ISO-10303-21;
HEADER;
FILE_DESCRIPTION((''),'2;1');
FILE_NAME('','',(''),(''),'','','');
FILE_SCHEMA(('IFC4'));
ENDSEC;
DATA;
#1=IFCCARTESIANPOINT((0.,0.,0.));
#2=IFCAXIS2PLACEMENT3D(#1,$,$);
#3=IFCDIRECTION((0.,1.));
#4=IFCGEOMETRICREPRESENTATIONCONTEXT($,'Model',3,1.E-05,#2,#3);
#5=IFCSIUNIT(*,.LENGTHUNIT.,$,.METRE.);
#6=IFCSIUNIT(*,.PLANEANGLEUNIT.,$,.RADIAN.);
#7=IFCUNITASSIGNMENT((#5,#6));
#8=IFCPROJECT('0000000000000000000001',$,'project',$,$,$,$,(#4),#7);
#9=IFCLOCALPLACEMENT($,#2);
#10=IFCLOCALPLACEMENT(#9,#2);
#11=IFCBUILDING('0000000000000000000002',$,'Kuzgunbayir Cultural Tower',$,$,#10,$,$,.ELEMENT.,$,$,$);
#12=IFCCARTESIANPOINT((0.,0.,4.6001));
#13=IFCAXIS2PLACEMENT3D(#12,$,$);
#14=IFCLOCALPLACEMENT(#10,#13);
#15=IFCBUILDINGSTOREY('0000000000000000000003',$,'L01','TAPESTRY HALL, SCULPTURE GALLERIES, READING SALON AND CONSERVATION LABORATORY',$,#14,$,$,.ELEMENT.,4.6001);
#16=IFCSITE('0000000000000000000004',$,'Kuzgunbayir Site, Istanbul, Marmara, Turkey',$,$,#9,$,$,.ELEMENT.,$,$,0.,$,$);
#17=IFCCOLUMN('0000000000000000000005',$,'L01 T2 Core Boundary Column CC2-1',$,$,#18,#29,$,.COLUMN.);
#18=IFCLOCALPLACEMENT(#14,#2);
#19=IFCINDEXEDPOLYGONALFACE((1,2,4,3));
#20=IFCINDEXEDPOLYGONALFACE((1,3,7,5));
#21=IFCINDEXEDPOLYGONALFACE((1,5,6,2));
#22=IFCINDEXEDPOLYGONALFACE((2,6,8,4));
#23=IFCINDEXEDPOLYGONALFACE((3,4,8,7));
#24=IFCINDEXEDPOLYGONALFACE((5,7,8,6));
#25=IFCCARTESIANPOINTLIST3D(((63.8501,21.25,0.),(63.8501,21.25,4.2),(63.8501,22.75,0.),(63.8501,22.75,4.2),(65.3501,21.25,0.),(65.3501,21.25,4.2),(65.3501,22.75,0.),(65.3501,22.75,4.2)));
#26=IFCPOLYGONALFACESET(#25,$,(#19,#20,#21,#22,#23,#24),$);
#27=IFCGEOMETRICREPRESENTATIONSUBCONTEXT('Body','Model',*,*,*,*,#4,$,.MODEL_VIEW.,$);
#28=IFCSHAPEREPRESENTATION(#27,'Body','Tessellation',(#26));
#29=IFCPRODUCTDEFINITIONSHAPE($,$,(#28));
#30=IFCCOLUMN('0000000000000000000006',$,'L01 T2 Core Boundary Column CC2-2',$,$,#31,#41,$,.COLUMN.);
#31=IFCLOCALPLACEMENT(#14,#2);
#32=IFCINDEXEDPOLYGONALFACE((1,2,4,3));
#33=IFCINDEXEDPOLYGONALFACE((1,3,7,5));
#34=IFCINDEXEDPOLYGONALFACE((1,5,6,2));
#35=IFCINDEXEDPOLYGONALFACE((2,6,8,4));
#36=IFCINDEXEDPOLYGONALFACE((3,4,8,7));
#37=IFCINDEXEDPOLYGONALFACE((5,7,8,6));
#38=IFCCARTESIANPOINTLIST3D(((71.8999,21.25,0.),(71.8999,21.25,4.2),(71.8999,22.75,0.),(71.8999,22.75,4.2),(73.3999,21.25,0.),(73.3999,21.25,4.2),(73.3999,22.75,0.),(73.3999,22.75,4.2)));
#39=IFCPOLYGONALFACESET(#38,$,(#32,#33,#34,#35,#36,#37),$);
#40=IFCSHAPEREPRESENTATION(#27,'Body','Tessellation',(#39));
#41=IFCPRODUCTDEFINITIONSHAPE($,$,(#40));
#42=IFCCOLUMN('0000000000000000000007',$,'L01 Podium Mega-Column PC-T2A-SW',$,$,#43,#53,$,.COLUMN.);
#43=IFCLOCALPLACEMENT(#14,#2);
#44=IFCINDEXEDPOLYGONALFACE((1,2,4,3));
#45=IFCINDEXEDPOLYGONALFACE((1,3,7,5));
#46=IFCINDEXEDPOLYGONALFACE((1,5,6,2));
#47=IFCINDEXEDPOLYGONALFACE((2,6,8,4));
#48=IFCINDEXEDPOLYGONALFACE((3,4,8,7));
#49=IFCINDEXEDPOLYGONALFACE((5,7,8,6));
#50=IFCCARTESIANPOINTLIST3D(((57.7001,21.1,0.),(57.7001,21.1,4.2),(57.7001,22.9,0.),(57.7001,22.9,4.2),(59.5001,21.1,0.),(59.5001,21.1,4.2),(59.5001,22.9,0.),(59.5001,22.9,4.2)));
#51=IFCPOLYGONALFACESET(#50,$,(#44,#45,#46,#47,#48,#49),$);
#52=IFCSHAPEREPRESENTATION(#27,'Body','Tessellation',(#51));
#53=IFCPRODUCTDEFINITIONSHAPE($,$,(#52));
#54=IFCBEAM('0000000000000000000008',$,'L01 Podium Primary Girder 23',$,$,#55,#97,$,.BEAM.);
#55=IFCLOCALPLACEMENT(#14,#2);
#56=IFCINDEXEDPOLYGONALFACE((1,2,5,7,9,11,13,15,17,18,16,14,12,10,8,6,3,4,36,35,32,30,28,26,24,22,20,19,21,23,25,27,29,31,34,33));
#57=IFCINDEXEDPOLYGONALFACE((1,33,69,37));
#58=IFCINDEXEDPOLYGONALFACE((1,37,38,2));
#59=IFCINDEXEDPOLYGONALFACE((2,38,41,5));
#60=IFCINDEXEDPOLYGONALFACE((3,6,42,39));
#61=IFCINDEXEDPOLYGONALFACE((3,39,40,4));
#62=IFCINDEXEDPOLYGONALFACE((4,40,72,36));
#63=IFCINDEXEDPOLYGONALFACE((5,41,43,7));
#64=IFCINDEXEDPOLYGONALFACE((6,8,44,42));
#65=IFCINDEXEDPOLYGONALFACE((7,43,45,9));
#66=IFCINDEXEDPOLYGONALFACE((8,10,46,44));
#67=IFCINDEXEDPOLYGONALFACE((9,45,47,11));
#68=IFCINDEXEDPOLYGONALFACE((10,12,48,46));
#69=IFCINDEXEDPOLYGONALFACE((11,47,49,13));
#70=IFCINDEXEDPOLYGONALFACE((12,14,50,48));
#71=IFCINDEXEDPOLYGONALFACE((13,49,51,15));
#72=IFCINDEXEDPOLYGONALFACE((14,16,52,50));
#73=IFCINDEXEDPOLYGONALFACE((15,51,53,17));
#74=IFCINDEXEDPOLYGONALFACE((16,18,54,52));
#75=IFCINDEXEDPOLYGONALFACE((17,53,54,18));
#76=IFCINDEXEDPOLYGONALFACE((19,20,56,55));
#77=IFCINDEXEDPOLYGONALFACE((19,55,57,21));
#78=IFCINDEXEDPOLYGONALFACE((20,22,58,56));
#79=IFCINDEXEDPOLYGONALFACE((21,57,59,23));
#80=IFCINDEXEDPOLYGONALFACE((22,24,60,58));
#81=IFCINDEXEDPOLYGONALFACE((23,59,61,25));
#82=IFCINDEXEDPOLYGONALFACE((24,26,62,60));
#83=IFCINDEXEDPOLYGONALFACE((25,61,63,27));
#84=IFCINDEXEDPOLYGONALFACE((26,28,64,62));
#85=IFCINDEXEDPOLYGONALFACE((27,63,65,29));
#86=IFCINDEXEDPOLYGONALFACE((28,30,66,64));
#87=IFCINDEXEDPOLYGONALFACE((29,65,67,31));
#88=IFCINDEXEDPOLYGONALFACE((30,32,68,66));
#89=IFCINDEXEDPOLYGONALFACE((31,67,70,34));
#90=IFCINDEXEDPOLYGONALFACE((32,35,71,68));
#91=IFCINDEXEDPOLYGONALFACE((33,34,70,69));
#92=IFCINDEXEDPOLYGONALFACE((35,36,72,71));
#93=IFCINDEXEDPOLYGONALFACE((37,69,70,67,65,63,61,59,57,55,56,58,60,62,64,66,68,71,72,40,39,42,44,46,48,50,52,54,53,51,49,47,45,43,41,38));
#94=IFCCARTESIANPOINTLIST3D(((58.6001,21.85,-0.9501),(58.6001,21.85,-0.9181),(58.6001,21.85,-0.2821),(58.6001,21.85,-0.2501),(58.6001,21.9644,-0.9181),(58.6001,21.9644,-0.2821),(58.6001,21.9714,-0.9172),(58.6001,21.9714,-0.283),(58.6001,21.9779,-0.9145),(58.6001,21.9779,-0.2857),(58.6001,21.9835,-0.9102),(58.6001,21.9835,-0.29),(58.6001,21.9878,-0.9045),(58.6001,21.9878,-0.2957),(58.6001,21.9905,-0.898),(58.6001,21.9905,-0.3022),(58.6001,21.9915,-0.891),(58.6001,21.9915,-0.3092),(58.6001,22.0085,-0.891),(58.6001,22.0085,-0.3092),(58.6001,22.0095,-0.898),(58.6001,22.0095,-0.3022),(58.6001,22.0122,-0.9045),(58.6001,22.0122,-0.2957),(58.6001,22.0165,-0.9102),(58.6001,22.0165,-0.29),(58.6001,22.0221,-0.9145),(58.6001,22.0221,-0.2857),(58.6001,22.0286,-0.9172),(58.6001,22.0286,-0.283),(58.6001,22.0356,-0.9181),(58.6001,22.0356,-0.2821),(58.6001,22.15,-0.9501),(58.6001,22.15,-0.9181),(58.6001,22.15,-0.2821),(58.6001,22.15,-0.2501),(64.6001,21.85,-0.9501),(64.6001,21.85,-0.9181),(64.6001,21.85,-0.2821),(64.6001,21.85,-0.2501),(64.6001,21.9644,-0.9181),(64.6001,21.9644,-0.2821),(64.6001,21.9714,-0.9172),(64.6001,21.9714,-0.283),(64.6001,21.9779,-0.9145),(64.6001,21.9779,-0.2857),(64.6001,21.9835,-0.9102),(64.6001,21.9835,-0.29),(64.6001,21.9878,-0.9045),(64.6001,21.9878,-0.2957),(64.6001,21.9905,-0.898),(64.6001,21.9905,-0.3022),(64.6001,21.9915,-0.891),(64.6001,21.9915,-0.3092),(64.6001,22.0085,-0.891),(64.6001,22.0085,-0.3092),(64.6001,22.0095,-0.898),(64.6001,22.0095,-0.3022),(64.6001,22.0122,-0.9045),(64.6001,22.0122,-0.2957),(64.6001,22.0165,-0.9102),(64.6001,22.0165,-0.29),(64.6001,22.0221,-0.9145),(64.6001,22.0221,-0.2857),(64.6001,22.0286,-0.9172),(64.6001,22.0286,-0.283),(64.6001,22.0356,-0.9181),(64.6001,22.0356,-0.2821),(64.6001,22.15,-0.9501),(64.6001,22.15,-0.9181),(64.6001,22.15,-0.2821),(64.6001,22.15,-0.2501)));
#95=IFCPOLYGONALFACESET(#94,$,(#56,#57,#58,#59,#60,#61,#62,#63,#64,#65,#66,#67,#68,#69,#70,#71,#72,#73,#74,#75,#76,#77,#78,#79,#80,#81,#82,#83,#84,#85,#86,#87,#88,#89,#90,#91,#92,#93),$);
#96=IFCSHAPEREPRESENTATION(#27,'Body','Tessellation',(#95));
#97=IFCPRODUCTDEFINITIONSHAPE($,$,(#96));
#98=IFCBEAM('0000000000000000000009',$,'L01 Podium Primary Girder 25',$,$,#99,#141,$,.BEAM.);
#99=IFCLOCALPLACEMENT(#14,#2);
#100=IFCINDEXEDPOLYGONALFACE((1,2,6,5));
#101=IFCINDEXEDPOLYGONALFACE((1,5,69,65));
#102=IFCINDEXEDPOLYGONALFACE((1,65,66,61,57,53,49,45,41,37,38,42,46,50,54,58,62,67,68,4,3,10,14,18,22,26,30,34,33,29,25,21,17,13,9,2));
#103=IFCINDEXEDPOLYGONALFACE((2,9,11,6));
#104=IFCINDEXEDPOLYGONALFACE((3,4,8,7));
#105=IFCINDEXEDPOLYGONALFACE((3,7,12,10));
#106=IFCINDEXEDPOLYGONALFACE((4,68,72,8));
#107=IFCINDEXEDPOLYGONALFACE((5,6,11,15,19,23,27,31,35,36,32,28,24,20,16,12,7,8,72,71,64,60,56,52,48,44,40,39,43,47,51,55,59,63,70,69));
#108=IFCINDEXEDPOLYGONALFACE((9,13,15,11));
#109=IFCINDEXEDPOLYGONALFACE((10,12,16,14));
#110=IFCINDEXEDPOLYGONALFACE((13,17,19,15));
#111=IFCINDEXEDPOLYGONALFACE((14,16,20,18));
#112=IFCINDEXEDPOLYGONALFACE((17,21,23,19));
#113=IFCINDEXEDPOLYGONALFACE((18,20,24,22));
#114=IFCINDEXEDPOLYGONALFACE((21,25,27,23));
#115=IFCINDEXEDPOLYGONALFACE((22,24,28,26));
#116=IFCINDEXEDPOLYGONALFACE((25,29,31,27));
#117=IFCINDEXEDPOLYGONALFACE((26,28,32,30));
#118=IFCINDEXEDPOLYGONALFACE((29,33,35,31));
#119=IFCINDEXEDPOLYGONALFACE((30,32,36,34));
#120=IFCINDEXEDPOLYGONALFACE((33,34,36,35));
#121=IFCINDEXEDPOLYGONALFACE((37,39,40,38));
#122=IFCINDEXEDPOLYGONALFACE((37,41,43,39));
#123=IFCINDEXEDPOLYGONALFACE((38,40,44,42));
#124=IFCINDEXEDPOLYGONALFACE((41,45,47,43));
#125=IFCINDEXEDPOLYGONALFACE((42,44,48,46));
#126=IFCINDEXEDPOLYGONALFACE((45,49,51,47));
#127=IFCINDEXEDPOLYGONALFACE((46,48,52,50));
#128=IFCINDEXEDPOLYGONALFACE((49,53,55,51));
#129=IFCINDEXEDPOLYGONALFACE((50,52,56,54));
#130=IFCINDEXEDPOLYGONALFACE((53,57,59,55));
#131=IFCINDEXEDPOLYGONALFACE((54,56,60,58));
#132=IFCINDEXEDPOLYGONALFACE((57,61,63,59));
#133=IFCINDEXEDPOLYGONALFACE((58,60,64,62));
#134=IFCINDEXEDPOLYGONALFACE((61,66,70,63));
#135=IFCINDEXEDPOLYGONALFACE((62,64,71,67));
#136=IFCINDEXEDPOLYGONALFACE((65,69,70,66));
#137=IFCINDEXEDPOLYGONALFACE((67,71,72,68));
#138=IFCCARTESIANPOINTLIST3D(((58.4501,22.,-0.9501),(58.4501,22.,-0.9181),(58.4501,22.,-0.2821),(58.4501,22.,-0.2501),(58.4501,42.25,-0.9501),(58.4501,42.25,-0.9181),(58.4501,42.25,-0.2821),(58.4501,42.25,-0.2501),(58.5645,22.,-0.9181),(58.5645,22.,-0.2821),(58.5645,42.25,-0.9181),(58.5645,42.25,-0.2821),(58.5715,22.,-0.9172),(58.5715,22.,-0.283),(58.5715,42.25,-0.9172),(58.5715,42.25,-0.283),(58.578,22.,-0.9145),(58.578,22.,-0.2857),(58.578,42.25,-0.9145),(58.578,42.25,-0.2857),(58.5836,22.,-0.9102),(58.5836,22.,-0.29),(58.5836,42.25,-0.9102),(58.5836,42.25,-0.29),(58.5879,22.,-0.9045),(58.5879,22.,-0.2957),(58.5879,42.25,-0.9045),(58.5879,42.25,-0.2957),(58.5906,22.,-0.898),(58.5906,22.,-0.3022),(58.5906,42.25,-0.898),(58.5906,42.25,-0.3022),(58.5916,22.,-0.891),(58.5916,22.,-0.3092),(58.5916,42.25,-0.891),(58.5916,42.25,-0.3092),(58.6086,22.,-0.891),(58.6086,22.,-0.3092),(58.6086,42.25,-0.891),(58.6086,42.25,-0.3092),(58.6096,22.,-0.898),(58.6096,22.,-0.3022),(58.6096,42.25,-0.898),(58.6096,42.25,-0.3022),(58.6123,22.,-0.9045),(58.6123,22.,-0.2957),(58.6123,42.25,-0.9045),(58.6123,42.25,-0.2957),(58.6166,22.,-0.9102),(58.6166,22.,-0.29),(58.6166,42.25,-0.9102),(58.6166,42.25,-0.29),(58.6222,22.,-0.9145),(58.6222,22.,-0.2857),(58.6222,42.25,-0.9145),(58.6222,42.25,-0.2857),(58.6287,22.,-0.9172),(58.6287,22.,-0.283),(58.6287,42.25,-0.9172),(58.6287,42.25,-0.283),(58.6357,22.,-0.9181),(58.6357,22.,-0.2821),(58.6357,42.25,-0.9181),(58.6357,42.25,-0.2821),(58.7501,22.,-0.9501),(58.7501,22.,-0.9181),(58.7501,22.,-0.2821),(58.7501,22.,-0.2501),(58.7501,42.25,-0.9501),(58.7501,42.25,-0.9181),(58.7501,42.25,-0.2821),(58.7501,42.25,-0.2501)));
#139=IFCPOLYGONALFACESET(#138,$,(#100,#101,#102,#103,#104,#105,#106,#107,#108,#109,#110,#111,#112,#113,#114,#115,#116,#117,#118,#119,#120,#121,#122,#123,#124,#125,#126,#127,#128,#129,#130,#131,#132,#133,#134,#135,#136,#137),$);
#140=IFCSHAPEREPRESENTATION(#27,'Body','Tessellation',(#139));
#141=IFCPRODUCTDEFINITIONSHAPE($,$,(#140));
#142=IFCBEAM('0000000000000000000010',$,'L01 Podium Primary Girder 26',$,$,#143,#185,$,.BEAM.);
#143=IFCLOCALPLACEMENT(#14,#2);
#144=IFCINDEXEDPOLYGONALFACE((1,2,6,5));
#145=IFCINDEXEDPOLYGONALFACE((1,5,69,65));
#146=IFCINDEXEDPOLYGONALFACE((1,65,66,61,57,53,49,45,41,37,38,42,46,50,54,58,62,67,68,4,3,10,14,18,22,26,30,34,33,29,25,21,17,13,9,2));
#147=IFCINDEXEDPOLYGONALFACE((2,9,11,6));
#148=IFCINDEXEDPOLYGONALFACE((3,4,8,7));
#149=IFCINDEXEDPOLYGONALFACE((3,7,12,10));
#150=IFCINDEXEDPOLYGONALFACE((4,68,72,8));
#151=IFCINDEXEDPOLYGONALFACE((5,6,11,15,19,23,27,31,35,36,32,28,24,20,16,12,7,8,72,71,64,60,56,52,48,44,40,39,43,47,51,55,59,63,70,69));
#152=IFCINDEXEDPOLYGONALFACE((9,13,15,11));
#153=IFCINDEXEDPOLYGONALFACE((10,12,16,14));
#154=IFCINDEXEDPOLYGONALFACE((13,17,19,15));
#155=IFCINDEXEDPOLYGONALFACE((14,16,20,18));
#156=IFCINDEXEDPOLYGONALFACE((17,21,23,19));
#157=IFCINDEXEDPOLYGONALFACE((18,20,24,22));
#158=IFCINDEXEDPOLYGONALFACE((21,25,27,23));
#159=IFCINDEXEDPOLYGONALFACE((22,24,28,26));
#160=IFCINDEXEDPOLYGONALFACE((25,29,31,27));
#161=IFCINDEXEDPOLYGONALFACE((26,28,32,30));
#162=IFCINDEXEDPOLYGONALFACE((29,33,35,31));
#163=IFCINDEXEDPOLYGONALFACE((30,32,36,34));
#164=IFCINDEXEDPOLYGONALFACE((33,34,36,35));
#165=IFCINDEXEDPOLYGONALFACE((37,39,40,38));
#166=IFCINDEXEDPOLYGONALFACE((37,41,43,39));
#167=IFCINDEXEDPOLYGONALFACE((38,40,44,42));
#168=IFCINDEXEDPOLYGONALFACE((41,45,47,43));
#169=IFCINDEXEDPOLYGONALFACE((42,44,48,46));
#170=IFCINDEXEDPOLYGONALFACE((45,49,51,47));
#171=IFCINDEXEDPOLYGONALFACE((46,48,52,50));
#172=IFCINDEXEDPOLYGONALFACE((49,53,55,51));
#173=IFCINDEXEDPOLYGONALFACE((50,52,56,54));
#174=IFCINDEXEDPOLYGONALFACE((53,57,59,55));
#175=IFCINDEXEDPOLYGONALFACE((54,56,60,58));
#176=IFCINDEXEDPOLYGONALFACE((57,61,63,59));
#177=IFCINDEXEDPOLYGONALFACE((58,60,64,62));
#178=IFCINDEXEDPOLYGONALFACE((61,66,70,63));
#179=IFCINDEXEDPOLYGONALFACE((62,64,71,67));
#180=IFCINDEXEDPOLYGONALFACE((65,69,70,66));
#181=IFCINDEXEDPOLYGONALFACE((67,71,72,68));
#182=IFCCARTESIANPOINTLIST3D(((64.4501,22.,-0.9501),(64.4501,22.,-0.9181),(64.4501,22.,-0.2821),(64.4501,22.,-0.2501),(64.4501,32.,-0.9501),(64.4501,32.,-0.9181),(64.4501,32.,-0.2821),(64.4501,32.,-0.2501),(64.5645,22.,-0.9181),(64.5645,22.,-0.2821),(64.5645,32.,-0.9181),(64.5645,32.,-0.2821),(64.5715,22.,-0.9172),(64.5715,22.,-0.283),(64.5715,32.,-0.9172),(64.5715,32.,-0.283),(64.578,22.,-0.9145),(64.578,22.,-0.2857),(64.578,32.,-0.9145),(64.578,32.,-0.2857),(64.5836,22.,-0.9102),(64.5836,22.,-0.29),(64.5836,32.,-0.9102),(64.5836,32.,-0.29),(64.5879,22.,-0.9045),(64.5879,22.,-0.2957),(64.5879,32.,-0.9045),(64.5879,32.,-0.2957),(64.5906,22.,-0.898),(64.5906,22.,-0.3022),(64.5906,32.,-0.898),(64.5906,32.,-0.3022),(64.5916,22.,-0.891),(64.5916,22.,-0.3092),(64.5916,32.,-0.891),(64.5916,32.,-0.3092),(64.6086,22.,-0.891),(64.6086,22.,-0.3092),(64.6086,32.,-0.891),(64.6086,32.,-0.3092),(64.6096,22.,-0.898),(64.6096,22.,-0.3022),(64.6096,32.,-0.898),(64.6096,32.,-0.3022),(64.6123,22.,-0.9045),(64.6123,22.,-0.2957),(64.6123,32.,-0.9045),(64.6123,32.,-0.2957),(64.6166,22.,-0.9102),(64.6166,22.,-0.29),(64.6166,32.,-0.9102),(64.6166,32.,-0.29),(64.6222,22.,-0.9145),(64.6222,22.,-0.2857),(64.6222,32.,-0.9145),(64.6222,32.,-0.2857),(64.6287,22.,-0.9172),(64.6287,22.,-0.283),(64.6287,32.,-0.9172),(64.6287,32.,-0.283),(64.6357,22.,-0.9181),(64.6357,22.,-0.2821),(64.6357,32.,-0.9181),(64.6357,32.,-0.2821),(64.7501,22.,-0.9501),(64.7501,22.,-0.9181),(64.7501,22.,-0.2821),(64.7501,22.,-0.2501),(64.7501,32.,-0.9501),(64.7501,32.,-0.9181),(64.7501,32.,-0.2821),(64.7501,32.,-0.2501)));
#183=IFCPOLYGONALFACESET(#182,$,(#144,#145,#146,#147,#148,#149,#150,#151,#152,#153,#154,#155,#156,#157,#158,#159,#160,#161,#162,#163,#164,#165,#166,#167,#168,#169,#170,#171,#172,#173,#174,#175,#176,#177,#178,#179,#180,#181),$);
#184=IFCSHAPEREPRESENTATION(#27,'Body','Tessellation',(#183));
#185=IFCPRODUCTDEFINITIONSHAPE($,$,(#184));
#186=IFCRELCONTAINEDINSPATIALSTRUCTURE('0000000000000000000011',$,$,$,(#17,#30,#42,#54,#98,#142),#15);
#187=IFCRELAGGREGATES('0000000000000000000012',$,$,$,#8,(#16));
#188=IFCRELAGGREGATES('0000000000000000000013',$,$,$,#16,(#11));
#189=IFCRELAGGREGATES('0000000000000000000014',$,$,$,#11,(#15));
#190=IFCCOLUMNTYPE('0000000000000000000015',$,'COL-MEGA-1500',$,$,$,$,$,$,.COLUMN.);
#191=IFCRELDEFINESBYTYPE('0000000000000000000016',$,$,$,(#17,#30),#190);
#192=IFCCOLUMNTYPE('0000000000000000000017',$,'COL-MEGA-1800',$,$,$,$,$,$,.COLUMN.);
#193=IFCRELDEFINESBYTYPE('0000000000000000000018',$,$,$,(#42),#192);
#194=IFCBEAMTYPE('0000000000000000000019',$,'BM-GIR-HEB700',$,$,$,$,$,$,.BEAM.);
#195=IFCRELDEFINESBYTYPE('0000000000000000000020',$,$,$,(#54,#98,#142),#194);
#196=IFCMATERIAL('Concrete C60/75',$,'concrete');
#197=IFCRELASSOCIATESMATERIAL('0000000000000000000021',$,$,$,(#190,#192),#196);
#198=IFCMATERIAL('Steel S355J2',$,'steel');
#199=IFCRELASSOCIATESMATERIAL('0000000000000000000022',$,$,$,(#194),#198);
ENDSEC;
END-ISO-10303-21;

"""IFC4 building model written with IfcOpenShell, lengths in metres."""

from ifc_helpers import new_model, si_unit, direction, frame, origin, origin_2d, place, context, subcontext, project, spatial, rectangle, i_section, extrude, material, material_profile, profile_set, type_object, element, save


model = new_model("IFC4")

# Units and contexts
model_context = context("Model", 3, precision=1e-05, world=origin(), true_north=direction((0.0, 1.0)))
body_context = subcontext(model_context, "Body", "Model", "MODEL_VIEW")
ifc_project = project(units=[si_unit("LENGTHUNIT", "METRE"), si_unit("PLANEANGLEUNIT", "RADIAN")], contexts=[model_context])

# Site, building, storey
site_placement = place(None, origin())
site = spatial("IfcSite", under=ifc_project, at=site_placement, Name="Kuzgunbayir Site, Istanbul, Marmara, Turkey", CompositionType="ELEMENT", RefElevation=0.0)
building_placement = place(site_placement, origin())
building = spatial("IfcBuilding", under=site, at=building_placement, Name="Kuzgunbayir Cultural Tower", CompositionType="ELEMENT")
storey_placement = place(building_placement, frame((0.0, 0.0, 4.6001)))
storey = spatial("IfcBuildingStorey", under=building, at=storey_placement, Name="L01", Description="TAPESTRY HALL, SCULPTURE GALLERIES, READING SALON AND CONSERVATION LABORATORY", CompositionType="ELEMENT", Elevation=4.6001)

# Columns
ifc_material_1 = material(Name="Concrete C60/75", Category="concrete")
ifc_material_profile_1 = material_profile(ifc_material_1, rectangle(XDim=1.5, YDim=1.5, at=origin_2d()), Name="RC 1500x1500")
ifc_profile_set_1 = profile_set([ifc_material_profile_1], Name="Concrete C60/75")
column_type_1 = type_object("IfcColumnType", Name="COL-MEGA-1500", PredefinedType="COLUMN", material=ifc_profile_set_1)
for number, where, z_axis, x_axis, name in (
    (1, (64.6001, 22.0, 0.0), (0.0, 0.0, 1.0), (1.0, 0.0, 0.0), "L01 T2 Core Boundary Column CC2-1"),
    (2, (72.6499, 22.0, 0.0), (0.0, 0.0, 1.0), (1.0, 0.0, 0.0), "L01 T2 Core Boundary Column CC2-2"),
):
    element("IfcColumn", number, at=place(storey_placement, frame(where, z_axis=z_axis, x_axis=x_axis)), inside=storey, type_object=column_type_1, Name=name, PredefinedType="COLUMN", context=body_context, shape_type="SweptSolid", body=[
        extrude(rectangle(XDim=1.5, YDim=1.5, at=origin_2d()), origin(), (0.0, 0.0, 1.0), 4.2),
    ])
ifc_material_profile_2 = material_profile(ifc_material_1, rectangle(XDim=1.8, YDim=1.8, at=origin_2d()), Name="RC 1800x1800")
ifc_profile_set_2 = profile_set([ifc_material_profile_2], Name="Concrete C60/75")
column_type_2 = type_object("IfcColumnType", Name="COL-MEGA-1800", PredefinedType="COLUMN", material=ifc_profile_set_2)
column_placement = place(storey_placement, frame((58.6001, 22.0, 0.0), z_axis=(0.0, 0.0, 1.0), x_axis=(1.0, 0.0, 0.0)))
element("IfcColumn", 3, at=column_placement, inside=storey, type_object=column_type_2, Name="L01 Podium Mega-Column PC-T2A-SW", PredefinedType="COLUMN", context=body_context, shape_type="SweptSolid", body=[
    extrude(rectangle(XDim=1.8, YDim=1.8, at=origin_2d()), origin(), (0.0, 0.0, 1.0), 4.2),
])

# Beams
ifc_material_2 = material(Name="Steel S355J2", Category="steel")
ifc_material_profile_3 = material_profile(ifc_material_2, i_section(OverallWidth=0.3, OverallDepth=0.7, WebThickness=0.0171, FlangeThickness=0.032, FilletRadius=0.0271, at=origin_2d()), Name="HEB 700")
ifc_profile_set_3 = profile_set([ifc_material_profile_3], Name="Steel S355J2")
beam_type = type_object("IfcBeamType", Name="BM-GIR-HEB700", PredefinedType="BEAM", material=ifc_profile_set_3)
beam_1_placement = place(storey_placement, frame((58.6001, 22.0, -0.6001), z_axis=(1.0, 0.0, 0.0), x_axis=(0.0, 1.0, 0.0)))
element("IfcBeam", 4, at=beam_1_placement, inside=storey, type_object=beam_type, Name="L01 Podium Primary Girder 23", PredefinedType="BEAM", context=body_context, shape_type="SweptSolid", body=[
    extrude(i_section(OverallWidth=0.3, OverallDepth=0.7, WebThickness=0.0171, FlangeThickness=0.032, FilletRadius=0.0271, at=origin_2d()), origin(), (0.0, 0.0, 1.0), 6.0),
])
beam_2_placement = place(storey_placement, frame((58.6001, 22.0, -0.6001), z_axis=(0.0, 1.0, 0.0), x_axis=(-1.0, 0.0, 0.0)))
element("IfcBeam", 5, at=beam_2_placement, inside=storey, type_object=beam_type, Name="L01 Podium Primary Girder 25", PredefinedType="BEAM", context=body_context, shape_type="SweptSolid", body=[
    extrude(i_section(OverallWidth=0.3, OverallDepth=0.7, WebThickness=0.0171, FlangeThickness=0.032, FilletRadius=0.0271, at=origin_2d()), origin(), (0.0, 0.0, 1.0), 20.25),
])
beam_3_placement = place(storey_placement, frame((64.6001, 22.0, -0.6001), z_axis=(0.0, 1.0, 0.0), x_axis=(-1.0, 0.0, 0.0)))
element("IfcBeam", 6, at=beam_3_placement, inside=storey, type_object=beam_type, Name="L01 Podium Primary Girder 26", PredefinedType="BEAM", context=body_context, shape_type="SweptSolid", body=[
    extrude(i_section(OverallWidth=0.3, OverallDepth=0.7, WebThickness=0.0171, FlangeThickness=0.032, FilletRadius=0.0271, at=origin_2d()), origin(), (0.0, 0.0, 1.0), 10.0),
])

save(model, "model.ifc")
